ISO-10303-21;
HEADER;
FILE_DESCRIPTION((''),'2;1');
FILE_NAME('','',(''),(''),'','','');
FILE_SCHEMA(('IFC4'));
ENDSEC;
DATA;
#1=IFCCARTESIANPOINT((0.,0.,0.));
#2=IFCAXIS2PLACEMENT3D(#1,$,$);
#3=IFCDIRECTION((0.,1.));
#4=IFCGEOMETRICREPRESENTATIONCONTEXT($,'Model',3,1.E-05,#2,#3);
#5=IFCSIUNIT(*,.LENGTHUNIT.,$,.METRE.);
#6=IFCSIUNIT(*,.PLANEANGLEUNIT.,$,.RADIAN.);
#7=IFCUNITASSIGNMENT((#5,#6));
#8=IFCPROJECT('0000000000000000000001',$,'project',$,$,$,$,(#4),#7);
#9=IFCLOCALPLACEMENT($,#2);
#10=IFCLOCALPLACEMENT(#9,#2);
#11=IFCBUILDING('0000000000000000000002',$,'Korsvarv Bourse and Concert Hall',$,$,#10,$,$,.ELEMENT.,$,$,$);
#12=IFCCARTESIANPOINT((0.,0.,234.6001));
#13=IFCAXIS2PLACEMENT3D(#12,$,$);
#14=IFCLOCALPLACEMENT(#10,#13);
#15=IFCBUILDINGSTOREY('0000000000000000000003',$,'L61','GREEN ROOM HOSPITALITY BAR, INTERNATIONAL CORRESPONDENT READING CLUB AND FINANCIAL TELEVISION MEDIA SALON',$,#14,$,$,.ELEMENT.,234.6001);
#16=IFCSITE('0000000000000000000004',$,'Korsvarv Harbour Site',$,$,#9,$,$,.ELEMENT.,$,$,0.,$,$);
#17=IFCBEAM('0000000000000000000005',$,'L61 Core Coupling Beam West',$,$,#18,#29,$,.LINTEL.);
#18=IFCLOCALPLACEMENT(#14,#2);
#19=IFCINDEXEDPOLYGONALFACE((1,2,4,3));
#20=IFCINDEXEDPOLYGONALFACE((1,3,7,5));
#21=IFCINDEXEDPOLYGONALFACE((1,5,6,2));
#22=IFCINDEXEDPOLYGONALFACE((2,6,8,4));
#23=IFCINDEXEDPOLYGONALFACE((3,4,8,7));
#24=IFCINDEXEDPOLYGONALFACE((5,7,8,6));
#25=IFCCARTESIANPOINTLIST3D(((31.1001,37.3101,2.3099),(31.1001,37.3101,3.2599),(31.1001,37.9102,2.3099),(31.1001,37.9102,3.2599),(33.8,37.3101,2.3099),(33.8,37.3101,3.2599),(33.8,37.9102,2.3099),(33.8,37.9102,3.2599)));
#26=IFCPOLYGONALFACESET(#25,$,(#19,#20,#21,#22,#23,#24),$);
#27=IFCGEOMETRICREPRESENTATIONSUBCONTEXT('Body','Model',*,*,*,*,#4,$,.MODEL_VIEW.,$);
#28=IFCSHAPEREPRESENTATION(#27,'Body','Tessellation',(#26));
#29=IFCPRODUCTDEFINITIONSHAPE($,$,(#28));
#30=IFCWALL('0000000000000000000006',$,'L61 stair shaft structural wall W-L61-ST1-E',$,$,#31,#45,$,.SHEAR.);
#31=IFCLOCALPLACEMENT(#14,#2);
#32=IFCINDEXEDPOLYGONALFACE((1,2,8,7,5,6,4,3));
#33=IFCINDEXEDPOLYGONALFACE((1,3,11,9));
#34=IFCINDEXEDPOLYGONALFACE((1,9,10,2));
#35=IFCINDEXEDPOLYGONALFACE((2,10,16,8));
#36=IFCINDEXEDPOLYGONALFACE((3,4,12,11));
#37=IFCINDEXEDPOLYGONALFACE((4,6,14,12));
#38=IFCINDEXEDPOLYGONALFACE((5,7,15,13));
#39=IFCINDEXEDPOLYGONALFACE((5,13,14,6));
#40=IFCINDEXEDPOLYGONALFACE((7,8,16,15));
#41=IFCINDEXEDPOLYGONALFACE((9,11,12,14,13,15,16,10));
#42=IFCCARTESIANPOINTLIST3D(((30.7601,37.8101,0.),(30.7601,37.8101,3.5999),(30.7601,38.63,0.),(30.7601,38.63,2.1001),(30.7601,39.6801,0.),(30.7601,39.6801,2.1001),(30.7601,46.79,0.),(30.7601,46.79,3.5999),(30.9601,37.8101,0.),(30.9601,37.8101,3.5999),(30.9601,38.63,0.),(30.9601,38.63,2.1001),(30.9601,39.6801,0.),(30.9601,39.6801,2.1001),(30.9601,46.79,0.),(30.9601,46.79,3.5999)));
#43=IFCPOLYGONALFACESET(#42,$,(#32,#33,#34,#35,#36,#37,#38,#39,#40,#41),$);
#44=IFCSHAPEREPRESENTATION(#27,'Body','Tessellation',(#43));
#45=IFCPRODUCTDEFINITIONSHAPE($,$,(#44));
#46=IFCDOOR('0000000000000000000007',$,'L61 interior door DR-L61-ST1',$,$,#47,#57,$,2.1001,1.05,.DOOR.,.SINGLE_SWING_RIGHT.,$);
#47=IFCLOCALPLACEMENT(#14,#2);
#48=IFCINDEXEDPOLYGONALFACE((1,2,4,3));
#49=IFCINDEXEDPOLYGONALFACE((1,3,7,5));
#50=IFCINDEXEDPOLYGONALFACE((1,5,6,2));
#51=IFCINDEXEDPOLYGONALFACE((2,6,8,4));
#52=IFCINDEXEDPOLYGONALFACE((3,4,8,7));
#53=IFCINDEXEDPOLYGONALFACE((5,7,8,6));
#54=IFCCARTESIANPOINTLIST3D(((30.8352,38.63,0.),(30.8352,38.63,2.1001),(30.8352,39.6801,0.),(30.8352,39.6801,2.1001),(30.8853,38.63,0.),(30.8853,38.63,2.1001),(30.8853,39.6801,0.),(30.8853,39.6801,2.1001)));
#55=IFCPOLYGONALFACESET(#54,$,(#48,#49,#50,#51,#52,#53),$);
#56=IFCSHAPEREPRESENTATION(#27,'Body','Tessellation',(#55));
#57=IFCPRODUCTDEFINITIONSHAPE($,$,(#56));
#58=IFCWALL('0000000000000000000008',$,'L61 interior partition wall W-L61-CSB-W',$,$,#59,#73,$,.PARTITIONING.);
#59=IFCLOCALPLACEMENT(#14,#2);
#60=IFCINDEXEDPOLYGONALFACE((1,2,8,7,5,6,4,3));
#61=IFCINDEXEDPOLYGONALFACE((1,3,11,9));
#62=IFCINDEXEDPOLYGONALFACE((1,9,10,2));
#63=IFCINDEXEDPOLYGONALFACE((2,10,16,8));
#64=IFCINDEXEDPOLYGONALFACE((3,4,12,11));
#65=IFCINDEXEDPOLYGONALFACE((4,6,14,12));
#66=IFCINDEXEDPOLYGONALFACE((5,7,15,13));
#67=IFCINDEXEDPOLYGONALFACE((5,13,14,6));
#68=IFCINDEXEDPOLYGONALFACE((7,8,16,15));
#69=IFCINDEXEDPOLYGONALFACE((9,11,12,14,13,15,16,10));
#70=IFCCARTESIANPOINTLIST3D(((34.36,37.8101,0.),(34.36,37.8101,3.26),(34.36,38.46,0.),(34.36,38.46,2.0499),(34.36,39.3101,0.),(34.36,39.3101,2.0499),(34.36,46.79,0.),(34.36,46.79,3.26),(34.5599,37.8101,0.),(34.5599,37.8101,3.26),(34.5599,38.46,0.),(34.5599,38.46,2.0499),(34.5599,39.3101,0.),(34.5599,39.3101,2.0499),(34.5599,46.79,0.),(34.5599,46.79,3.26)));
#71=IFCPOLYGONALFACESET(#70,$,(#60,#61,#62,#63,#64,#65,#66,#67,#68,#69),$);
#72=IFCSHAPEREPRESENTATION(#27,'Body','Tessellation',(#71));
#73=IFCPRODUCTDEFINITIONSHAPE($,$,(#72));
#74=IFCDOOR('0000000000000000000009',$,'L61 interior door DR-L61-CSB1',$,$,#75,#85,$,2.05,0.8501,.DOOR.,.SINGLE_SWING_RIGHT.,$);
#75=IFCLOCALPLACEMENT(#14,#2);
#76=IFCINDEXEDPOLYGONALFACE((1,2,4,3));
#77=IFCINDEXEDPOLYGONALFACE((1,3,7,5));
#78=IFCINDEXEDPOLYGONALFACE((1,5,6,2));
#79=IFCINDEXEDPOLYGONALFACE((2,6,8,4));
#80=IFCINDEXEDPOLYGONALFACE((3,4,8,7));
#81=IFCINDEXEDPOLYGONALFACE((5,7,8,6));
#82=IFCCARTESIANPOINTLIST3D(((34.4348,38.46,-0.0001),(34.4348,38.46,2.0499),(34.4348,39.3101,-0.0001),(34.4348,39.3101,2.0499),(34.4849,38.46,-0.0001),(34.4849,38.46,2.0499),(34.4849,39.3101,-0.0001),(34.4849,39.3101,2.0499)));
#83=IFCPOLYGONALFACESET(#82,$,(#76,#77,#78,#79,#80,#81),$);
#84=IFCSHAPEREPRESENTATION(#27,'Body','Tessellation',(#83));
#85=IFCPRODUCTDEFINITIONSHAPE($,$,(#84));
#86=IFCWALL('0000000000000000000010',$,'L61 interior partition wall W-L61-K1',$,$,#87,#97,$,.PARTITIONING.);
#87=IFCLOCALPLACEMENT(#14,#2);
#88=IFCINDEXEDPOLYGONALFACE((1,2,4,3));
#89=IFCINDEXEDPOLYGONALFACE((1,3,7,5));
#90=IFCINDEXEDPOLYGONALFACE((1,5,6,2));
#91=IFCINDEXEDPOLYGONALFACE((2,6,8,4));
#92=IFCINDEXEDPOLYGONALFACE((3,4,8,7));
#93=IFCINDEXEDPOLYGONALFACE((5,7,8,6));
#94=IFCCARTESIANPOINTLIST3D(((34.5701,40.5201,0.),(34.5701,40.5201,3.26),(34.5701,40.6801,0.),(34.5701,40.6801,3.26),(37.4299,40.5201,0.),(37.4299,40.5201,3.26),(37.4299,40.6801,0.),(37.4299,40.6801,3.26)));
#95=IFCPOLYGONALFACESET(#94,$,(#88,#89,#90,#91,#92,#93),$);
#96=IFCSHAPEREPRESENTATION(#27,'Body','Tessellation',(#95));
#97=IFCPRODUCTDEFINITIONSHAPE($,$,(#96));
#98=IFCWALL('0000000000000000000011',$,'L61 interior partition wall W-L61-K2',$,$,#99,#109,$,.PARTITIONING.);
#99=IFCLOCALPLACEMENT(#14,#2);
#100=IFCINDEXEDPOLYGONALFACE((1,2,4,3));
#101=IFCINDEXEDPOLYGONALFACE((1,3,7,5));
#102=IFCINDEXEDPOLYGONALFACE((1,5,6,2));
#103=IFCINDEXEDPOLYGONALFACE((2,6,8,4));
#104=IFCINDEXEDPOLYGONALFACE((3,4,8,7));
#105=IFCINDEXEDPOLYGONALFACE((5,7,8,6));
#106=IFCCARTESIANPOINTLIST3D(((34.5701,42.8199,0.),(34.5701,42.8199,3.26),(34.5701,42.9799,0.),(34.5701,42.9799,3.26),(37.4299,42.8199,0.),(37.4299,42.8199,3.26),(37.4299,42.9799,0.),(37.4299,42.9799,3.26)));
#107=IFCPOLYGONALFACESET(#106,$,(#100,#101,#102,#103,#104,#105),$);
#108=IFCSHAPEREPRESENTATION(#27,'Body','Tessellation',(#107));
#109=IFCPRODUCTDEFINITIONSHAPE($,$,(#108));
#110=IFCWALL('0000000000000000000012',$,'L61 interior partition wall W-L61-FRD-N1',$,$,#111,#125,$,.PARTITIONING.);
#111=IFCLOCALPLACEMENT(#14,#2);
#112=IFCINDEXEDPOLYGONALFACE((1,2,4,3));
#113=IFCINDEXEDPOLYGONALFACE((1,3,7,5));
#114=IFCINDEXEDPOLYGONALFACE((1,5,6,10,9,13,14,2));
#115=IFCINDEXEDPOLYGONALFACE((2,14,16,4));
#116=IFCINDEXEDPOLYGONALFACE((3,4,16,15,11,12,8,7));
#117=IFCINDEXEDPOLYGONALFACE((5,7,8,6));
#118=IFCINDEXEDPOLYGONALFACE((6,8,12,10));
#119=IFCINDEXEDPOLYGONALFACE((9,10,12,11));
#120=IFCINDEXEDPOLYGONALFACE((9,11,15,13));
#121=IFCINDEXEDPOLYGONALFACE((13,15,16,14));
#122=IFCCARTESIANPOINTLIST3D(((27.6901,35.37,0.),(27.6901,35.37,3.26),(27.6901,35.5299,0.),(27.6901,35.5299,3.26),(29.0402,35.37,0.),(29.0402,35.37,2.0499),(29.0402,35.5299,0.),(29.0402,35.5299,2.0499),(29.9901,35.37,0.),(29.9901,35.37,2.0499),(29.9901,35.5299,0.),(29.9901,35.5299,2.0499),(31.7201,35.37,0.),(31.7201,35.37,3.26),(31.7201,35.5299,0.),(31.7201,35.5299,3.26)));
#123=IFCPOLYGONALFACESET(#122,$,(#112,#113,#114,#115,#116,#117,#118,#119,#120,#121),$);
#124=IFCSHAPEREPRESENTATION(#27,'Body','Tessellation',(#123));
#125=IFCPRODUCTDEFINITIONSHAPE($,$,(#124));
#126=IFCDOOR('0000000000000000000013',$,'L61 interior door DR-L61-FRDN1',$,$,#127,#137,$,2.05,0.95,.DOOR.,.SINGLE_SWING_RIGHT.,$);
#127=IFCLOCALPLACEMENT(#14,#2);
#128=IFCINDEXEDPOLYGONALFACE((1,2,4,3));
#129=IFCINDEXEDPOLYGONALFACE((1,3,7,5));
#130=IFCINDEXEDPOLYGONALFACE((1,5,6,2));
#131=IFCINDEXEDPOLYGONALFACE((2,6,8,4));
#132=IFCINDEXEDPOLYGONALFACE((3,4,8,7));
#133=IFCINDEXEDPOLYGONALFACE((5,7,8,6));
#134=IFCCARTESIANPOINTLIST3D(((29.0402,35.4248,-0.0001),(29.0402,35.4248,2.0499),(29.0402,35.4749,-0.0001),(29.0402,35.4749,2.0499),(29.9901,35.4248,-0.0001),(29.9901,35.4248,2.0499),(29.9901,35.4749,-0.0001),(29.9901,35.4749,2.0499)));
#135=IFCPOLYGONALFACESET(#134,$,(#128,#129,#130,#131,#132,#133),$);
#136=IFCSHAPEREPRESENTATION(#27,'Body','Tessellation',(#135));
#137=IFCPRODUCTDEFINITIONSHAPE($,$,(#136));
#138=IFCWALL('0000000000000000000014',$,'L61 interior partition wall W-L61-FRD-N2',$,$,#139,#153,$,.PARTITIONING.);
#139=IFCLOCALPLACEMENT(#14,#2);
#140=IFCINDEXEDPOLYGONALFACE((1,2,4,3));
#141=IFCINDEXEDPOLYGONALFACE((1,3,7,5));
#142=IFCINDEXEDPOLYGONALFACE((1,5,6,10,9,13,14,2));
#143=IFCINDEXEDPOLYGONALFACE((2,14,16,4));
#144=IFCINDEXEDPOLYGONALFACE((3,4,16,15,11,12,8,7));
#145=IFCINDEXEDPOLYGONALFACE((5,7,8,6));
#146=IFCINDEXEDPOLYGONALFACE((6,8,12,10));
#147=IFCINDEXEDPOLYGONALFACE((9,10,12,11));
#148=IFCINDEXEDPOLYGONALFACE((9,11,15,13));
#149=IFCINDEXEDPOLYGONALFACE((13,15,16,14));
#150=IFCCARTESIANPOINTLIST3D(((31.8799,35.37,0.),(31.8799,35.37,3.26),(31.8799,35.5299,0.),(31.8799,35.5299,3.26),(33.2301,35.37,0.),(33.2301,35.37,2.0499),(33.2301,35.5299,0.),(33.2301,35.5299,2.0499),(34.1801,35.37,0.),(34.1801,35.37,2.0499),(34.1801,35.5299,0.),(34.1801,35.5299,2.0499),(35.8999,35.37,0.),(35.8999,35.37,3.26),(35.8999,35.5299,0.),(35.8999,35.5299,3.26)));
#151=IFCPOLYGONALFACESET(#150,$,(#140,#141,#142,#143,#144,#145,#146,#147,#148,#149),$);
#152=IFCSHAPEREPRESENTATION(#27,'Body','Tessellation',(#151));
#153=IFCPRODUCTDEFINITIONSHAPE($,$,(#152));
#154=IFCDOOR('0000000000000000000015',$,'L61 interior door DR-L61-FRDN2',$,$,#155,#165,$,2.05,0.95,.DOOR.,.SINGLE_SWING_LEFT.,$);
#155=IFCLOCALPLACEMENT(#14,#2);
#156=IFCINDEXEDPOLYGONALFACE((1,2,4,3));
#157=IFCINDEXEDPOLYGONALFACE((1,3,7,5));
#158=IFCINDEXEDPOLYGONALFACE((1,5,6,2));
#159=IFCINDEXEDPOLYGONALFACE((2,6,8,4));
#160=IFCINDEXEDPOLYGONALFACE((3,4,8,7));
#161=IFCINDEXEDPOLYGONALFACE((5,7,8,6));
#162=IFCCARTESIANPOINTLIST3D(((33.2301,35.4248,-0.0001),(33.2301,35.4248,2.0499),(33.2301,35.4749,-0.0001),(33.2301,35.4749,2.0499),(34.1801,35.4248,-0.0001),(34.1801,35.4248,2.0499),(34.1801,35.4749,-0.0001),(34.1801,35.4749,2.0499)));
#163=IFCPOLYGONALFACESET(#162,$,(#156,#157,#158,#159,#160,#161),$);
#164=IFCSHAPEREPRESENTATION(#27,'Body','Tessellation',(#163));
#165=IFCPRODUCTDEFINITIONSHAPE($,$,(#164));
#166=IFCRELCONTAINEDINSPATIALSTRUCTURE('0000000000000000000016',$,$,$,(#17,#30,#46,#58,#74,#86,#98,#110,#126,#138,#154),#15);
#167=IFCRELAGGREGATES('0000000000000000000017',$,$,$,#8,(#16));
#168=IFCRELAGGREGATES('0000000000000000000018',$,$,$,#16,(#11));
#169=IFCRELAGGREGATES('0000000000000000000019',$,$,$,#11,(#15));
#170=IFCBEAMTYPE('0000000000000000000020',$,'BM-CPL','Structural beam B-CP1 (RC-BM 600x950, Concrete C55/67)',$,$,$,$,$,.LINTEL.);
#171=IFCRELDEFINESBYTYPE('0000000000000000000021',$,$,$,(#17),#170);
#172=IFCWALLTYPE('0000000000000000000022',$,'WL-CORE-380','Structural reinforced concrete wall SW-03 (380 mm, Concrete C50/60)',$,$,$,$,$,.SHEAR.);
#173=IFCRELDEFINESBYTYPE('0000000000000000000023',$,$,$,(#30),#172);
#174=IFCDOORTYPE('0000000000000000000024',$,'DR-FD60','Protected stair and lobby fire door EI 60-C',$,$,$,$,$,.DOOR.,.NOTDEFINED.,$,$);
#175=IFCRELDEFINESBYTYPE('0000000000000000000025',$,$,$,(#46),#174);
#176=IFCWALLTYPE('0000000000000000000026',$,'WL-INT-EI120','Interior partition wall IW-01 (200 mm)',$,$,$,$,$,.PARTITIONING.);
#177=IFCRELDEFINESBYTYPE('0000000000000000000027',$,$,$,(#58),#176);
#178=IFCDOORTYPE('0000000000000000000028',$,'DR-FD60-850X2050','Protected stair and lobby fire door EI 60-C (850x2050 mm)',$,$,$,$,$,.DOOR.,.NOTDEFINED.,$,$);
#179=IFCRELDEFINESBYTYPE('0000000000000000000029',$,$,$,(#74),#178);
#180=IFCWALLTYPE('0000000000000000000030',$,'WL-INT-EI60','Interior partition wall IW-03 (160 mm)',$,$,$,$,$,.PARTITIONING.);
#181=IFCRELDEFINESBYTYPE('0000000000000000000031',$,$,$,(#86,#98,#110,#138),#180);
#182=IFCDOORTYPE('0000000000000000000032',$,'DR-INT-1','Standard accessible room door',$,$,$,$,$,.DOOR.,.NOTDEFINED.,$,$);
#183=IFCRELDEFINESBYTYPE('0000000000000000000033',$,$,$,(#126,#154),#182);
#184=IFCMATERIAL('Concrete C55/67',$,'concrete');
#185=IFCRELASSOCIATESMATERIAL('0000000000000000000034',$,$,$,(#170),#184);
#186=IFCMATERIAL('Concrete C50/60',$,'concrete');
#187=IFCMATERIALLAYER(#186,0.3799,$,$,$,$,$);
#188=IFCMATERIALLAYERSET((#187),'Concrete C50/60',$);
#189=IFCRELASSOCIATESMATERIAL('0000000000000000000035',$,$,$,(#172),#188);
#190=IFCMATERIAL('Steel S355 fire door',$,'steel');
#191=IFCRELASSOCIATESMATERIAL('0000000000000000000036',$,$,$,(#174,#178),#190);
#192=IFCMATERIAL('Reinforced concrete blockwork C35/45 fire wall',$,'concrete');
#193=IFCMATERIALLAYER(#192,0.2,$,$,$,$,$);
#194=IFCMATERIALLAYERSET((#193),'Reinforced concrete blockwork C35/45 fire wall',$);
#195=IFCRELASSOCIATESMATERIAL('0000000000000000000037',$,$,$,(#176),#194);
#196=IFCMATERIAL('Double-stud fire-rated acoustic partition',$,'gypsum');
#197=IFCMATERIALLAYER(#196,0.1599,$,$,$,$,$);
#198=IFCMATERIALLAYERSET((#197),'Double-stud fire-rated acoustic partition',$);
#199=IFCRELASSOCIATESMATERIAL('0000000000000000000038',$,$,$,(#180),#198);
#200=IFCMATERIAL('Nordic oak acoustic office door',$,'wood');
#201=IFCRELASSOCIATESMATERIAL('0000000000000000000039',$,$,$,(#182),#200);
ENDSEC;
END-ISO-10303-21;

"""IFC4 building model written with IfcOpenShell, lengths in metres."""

from ifc_helpers import new_model, si_unit, direction, frame, frame_2d, origin, origin_2d, place, context, subcontext, project, spatial, rectangle, extrude, source, transform, mapped, material, layer, layer_set, material_profile, profile_set, type_object, element, fill, save


model = new_model("IFC4")

# Units and contexts
model_context = context("Model", 3, precision=1e-05, world=origin(), true_north=direction((0.0, 1.0)))
body_context = subcontext(model_context, "Body", "Model", "MODEL_VIEW")
ifc_project = project(units=[si_unit("LENGTHUNIT", "METRE"), si_unit("PLANEANGLEUNIT", "RADIAN")], contexts=[model_context])

# Site, building, storey
site_placement = place(None, origin())
site = spatial("IfcSite", under=ifc_project, at=site_placement, Name="Korsvarv Harbour Site", CompositionType="ELEMENT", RefElevation=0.0)
building_placement = place(site_placement, origin())
building = spatial("IfcBuilding", under=site, at=building_placement, Name="Korsvarv Bourse and Concert Hall", CompositionType="ELEMENT")
storey_placement = place(building_placement, frame((0.0, 0.0, 234.6001)))
storey = spatial("IfcBuildingStorey", under=building, at=storey_placement, Name="L61", Description="GREEN ROOM HOSPITALITY BAR, INTERNATIONAL CORRESPONDENT READING CLUB AND FINANCIAL TELEVISION MEDIA SALON", CompositionType="ELEMENT", Elevation=234.6001)

# Beam
ifc_material_1 = material(Name="Concrete C55/67", Category="concrete")
ifc_material_profile = material_profile(ifc_material_1, rectangle(XDim=0.6001, YDim=0.95, at=origin_2d()), Name="RC-BM 600x950")
ifc_profile_set = profile_set([ifc_material_profile], Name="Concrete C55/67")
beam_type = type_object("IfcBeamType", Name="BM-CPL", Description="Structural beam B-CP1 (RC-BM 600x950, Concrete C55/67)", PredefinedType="LINTEL", material=ifc_profile_set)
shared_shape = source(origin(), body_context, "Body", "SweptSolid", [
    extrude(rectangle(XDim=0.6001, YDim=0.95, at=origin_2d()), origin(), (0.0, 0.0, 1.0), 2.7),
])
beam_placement = place(storey_placement, frame((31.1001, 37.6101, 2.7849), z_axis=(1.0, 0.0, 0.0), x_axis=(0.0, 1.0, 0.0)))
element("IfcBeam", 1, at=beam_placement, inside=storey, type_object=beam_type, Name="L61 Core Coupling Beam West", PredefinedType="LINTEL", context=body_context, shape_type="MappedRepresentation", body=[
    mapped(shared_shape, transform((0.0, 0.0, 0.0), scale=1.0)),
])

# Walls, openings, doors
ifc_material_2 = material(Name="Concrete C50/60", Category="concrete")
ifc_layer_1 = layer(ifc_material_2, 0.3799)
ifc_layer_set_1 = layer_set([ifc_layer_1], Name="Concrete C50/60")
wall_type_1 = type_object("IfcWallType", Name="WL-CORE-380", Description="Structural reinforced concrete wall SW-03 (380 mm, Concrete C50/60)", PredefinedType="SHEAR", material=ifc_layer_set_1)
wall_1_placement = place(storey_placement, frame((30.8601, 37.8101, 0.0), z_axis=(0.0, 0.0, 1.0), x_axis=(0.0, 1.0, 0.0)))
wall_1 = element("IfcWall", 2, at=wall_1_placement, inside=storey, type_object=wall_type_1, Name="L61 stair shaft structural wall W-L61-ST1-E", PredefinedType="SHEAR", context=body_context, shape_type="SweptSolid", body=[
    extrude(rectangle(XDim=8.98, YDim=0.2, at=frame_2d((4.49, 0.0))), origin(), (0.0, 0.0, 1.0), 3.5999),
])
opening_1_placement = place(wall_1_placement, frame((0.8201, 0.0, 0.0)))
opening_1 = element("IfcOpeningElement", 3, at=opening_1_placement, cuts=wall_1, PredefinedType="OPENING", context=body_context, shape_type="SweptSolid", body=[
    extrude(rectangle(XDim=1.05, YDim=2.1001, at=frame_2d((0.5249, 1.05))), frame((0.0, 0.1099, 0.0), z_axis=(0.0, -1.0, 0.0), x_axis=(1.0, 0.0, 0.0)), (0.0, 0.0, 1.0), 0.22),
])
ifc_material_3 = material(Name="Steel S355 fire door", Category="steel")
door_type_1 = type_object("IfcDoorType", Name="DR-FD60", Description="Protected stair and lobby fire door EI 60-C", OperationType="NOTDEFINED", PredefinedType="DOOR", material=ifc_material_3)
door_1_placement = place(opening_1_placement, origin())
door_1 = element("IfcDoor", 4, at=door_1_placement, inside=storey, type_object=door_type_1, Name="L61 interior door DR-L61-ST1", OperationType="SINGLE_SWING_RIGHT", OverallHeight=2.1001, OverallWidth=1.05, PredefinedType="DOOR", context=body_context, shape_type="SweptSolid", body=[
    extrude(rectangle(XDim=1.05, YDim=2.1001, at=frame_2d((0.5249, 1.05))), frame((0.0, 0.0249, 0.0), z_axis=(0.0, -1.0, 0.0), x_axis=(1.0, 0.0, 0.0)), (0.0, 0.0, 1.0), 0.05),
])
fill(opening_1, door_1)
ifc_material_4 = material(Name="Reinforced concrete blockwork C35/45 fire wall", Category="concrete")
ifc_layer_2 = layer(ifc_material_4, 0.2)
ifc_layer_set_2 = layer_set([ifc_layer_2], Name="Reinforced concrete blockwork C35/45 fire wall")
wall_type_2 = type_object("IfcWallType", Name="WL-INT-EI120", Description="Interior partition wall IW-01 (200 mm)", PredefinedType="PARTITIONING", material=ifc_layer_set_2)
wall_2_placement = place(storey_placement, frame((34.46, 37.8101, 0.0), z_axis=(0.0, 0.0, 1.0), x_axis=(0.0, 1.0, 0.0)))
wall_2 = element("IfcWall", 5, at=wall_2_placement, inside=storey, type_object=wall_type_2, Name="L61 interior partition wall W-L61-CSB-W", PredefinedType="PARTITIONING", context=body_context, shape_type="SweptSolid", body=[
    extrude(rectangle(XDim=8.98, YDim=0.2, at=frame_2d((4.49, 0.0))), origin(), (0.0, 0.0, 1.0), 3.26),
])
opening_2_placement = place(wall_2_placement, frame((0.6499, 0.0, 0.0)))
opening_2 = element("IfcOpeningElement", 6, at=opening_2_placement, cuts=wall_2, PredefinedType="OPENING", context=body_context, shape_type="SweptSolid", body=[
    extrude(rectangle(XDim=0.8501, YDim=2.05, at=frame_2d((0.425, 1.0249))), frame((0.0, 0.1099, 0.0), z_axis=(0.0, -1.0, 0.0), x_axis=(1.0, 0.0, 0.0)), (0.0, 0.0, 1.0), 0.22),
])
door_type_2 = type_object("IfcDoorType", Name="DR-FD60-850X2050", Description="Protected stair and lobby fire door EI 60-C (850x2050 mm)", OperationType="NOTDEFINED", PredefinedType="DOOR", material=ifc_material_3)
door_2_placement = place(opening_2_placement, frame((0.8501, 0.0, 0.0), z_axis=(0.0, 0.0, 1.0), x_axis=(-1.0, 0.0, 0.0)))
door_2 = element("IfcDoor", 7, at=door_2_placement, inside=storey, type_object=door_type_2, Name="L61 interior door DR-L61-CSB1", OperationType="SINGLE_SWING_RIGHT", OverallHeight=2.05, OverallWidth=0.8501, PredefinedType="DOOR", context=body_context, shape_type="SweptSolid", body=[
    extrude(rectangle(XDim=0.8501, YDim=2.05, at=frame_2d((0.425, 1.0249))), frame((0.0, 0.0249, 0.0), z_axis=(0.0, -1.0, 0.0), x_axis=(1.0, 0.0, 0.0)), (0.0, 0.0, 1.0), 0.05),
])
fill(opening_2, door_2)

# Walls
ifc_material_5 = material(Name="Double-stud fire-rated acoustic partition", Category="gypsum")
ifc_layer_3 = layer(ifc_material_5, 0.1599)
ifc_layer_set_3 = layer_set([ifc_layer_3], Name="Double-stud fire-rated acoustic partition")
wall_type_3 = type_object("IfcWallType", Name="WL-INT-EI60", Description="Interior partition wall IW-03 (160 mm)", PredefinedType="PARTITIONING", material=ifc_layer_set_3)
for number, where, z_axis, x_axis, name in (
    (8, (34.5701, 40.6001, 0.0), (0.0, 0.0, 1.0), (1.0, 0.0, 0.0), "L61 interior partition wall W-L61-K1"),
    (9, (34.5701, 42.8999, 0.0), (0.0, 0.0, 1.0), (1.0, 0.0, 0.0), "L61 interior partition wall W-L61-K2"),
):
    element("IfcWall", number, at=place(storey_placement, frame(where, z_axis=z_axis, x_axis=x_axis)), inside=storey, type_object=wall_type_3, Name=name, PredefinedType="PARTITIONING", context=body_context, shape_type="SweptSolid", body=[
        extrude(rectangle(XDim=2.8599, YDim=0.1599, at=frame_2d((1.4299, 0.0))), origin(), (0.0, 0.0, 1.0), 3.26),
    ])

# Walls, openings, doors
wall_3_placement = place(storey_placement, frame((27.6899, 35.45, 0.0), z_axis=(0.0, 0.0, 1.0), x_axis=(1.0, 0.0, 0.0)))
wall_3 = element("IfcWall", 10, at=wall_3_placement, inside=storey, type_object=wall_type_3, Name="L61 interior partition wall W-L61-FRD-N1", PredefinedType="PARTITIONING", context=body_context, shape_type="SweptSolid", body=[
    extrude(rectangle(XDim=4.03, YDim=0.1599, at=frame_2d((2.0151, 0.0))), origin(), (0.0, 0.0, 1.0), 3.26),
])
opening_3_placement = place(wall_3_placement, frame((1.3501, 0.0, 0.0)))
opening_3 = element("IfcOpeningElement", 11, at=opening_3_placement, cuts=wall_3, PredefinedType="OPENING", context=body_context, shape_type="SweptSolid", body=[
    extrude(rectangle(XDim=0.95, YDim=2.05, at=frame_2d((0.4751, 1.0249))), frame((0.0, 0.0898, 0.0), z_axis=(0.0, -1.0, 0.0), x_axis=(1.0, 0.0, 0.0)), (0.0, 0.0, 1.0), 0.1799),
])
ifc_material_6 = material(Name="Nordic oak acoustic office door", Category="wood")
door_type_3 = type_object("IfcDoorType", Name="DR-INT-1", Description="Standard accessible room door", OperationType="NOTDEFINED", PredefinedType="DOOR", material=ifc_material_6)
door_3_placement = place(opening_3_placement, origin())
door_3 = element("IfcDoor", 12, at=door_3_placement, inside=storey, type_object=door_type_3, Name="L61 interior door DR-L61-FRDN1", OperationType="SINGLE_SWING_RIGHT", OverallHeight=2.05, OverallWidth=0.95, PredefinedType="DOOR", context=body_context, shape_type="SweptSolid", body=[
    extrude(rectangle(XDim=0.95, YDim=2.05, at=frame_2d((0.4751, 1.0249))), frame((0.0, 0.0249, 0.0), z_axis=(0.0, -1.0, 0.0), x_axis=(1.0, 0.0, 0.0)), (0.0, 0.0, 1.0), 0.05),
])
fill(opening_3, door_3)
wall_4_placement = place(storey_placement, frame((31.8799, 35.45, 0.0), z_axis=(0.0, 0.0, 1.0), x_axis=(1.0, 0.0, 0.0)))
wall_4 = element("IfcWall", 13, at=wall_4_placement, inside=storey, type_object=wall_type_3, Name="L61 interior partition wall W-L61-FRD-N2", PredefinedType="PARTITIONING", context=body_context, shape_type="SweptSolid", body=[
    extrude(rectangle(XDim=4.02, YDim=0.1599, at=frame_2d((2.01, 0.0))), origin(), (0.0, 0.0, 1.0), 3.26),
])
opening_4_placement = place(wall_4_placement, frame((1.3501, 0.0, 0.0)))
opening_4 = element("IfcOpeningElement", 14, at=opening_4_placement, cuts=wall_4, PredefinedType="OPENING", context=body_context, shape_type="SweptSolid", body=[
    extrude(rectangle(XDim=0.95, YDim=2.05, at=frame_2d((0.4751, 1.0249))), frame((0.0, 0.0898, 0.0), z_axis=(0.0, -1.0, 0.0), x_axis=(1.0, 0.0, 0.0)), (0.0, 0.0, 1.0), 0.1799),
])
door_4_placement = place(opening_4_placement, origin())
door_4 = element("IfcDoor", 15, at=door_4_placement, inside=storey, type_object=door_type_3, Name="L61 interior door DR-L61-FRDN2", OperationType="SINGLE_SWING_LEFT", OverallHeight=2.05, OverallWidth=0.95, PredefinedType="DOOR", context=body_context, shape_type="SweptSolid", body=[
    extrude(rectangle(XDim=0.95, YDim=2.05, at=frame_2d((0.4751, 1.0249))), frame((0.0, 0.0249, 0.0), z_axis=(0.0, -1.0, 0.0), x_axis=(1.0, 0.0, 0.0)), (0.0, 0.0, 1.0), 0.05),
])
fill(opening_4, door_4)

save(model, "model.ifc")
